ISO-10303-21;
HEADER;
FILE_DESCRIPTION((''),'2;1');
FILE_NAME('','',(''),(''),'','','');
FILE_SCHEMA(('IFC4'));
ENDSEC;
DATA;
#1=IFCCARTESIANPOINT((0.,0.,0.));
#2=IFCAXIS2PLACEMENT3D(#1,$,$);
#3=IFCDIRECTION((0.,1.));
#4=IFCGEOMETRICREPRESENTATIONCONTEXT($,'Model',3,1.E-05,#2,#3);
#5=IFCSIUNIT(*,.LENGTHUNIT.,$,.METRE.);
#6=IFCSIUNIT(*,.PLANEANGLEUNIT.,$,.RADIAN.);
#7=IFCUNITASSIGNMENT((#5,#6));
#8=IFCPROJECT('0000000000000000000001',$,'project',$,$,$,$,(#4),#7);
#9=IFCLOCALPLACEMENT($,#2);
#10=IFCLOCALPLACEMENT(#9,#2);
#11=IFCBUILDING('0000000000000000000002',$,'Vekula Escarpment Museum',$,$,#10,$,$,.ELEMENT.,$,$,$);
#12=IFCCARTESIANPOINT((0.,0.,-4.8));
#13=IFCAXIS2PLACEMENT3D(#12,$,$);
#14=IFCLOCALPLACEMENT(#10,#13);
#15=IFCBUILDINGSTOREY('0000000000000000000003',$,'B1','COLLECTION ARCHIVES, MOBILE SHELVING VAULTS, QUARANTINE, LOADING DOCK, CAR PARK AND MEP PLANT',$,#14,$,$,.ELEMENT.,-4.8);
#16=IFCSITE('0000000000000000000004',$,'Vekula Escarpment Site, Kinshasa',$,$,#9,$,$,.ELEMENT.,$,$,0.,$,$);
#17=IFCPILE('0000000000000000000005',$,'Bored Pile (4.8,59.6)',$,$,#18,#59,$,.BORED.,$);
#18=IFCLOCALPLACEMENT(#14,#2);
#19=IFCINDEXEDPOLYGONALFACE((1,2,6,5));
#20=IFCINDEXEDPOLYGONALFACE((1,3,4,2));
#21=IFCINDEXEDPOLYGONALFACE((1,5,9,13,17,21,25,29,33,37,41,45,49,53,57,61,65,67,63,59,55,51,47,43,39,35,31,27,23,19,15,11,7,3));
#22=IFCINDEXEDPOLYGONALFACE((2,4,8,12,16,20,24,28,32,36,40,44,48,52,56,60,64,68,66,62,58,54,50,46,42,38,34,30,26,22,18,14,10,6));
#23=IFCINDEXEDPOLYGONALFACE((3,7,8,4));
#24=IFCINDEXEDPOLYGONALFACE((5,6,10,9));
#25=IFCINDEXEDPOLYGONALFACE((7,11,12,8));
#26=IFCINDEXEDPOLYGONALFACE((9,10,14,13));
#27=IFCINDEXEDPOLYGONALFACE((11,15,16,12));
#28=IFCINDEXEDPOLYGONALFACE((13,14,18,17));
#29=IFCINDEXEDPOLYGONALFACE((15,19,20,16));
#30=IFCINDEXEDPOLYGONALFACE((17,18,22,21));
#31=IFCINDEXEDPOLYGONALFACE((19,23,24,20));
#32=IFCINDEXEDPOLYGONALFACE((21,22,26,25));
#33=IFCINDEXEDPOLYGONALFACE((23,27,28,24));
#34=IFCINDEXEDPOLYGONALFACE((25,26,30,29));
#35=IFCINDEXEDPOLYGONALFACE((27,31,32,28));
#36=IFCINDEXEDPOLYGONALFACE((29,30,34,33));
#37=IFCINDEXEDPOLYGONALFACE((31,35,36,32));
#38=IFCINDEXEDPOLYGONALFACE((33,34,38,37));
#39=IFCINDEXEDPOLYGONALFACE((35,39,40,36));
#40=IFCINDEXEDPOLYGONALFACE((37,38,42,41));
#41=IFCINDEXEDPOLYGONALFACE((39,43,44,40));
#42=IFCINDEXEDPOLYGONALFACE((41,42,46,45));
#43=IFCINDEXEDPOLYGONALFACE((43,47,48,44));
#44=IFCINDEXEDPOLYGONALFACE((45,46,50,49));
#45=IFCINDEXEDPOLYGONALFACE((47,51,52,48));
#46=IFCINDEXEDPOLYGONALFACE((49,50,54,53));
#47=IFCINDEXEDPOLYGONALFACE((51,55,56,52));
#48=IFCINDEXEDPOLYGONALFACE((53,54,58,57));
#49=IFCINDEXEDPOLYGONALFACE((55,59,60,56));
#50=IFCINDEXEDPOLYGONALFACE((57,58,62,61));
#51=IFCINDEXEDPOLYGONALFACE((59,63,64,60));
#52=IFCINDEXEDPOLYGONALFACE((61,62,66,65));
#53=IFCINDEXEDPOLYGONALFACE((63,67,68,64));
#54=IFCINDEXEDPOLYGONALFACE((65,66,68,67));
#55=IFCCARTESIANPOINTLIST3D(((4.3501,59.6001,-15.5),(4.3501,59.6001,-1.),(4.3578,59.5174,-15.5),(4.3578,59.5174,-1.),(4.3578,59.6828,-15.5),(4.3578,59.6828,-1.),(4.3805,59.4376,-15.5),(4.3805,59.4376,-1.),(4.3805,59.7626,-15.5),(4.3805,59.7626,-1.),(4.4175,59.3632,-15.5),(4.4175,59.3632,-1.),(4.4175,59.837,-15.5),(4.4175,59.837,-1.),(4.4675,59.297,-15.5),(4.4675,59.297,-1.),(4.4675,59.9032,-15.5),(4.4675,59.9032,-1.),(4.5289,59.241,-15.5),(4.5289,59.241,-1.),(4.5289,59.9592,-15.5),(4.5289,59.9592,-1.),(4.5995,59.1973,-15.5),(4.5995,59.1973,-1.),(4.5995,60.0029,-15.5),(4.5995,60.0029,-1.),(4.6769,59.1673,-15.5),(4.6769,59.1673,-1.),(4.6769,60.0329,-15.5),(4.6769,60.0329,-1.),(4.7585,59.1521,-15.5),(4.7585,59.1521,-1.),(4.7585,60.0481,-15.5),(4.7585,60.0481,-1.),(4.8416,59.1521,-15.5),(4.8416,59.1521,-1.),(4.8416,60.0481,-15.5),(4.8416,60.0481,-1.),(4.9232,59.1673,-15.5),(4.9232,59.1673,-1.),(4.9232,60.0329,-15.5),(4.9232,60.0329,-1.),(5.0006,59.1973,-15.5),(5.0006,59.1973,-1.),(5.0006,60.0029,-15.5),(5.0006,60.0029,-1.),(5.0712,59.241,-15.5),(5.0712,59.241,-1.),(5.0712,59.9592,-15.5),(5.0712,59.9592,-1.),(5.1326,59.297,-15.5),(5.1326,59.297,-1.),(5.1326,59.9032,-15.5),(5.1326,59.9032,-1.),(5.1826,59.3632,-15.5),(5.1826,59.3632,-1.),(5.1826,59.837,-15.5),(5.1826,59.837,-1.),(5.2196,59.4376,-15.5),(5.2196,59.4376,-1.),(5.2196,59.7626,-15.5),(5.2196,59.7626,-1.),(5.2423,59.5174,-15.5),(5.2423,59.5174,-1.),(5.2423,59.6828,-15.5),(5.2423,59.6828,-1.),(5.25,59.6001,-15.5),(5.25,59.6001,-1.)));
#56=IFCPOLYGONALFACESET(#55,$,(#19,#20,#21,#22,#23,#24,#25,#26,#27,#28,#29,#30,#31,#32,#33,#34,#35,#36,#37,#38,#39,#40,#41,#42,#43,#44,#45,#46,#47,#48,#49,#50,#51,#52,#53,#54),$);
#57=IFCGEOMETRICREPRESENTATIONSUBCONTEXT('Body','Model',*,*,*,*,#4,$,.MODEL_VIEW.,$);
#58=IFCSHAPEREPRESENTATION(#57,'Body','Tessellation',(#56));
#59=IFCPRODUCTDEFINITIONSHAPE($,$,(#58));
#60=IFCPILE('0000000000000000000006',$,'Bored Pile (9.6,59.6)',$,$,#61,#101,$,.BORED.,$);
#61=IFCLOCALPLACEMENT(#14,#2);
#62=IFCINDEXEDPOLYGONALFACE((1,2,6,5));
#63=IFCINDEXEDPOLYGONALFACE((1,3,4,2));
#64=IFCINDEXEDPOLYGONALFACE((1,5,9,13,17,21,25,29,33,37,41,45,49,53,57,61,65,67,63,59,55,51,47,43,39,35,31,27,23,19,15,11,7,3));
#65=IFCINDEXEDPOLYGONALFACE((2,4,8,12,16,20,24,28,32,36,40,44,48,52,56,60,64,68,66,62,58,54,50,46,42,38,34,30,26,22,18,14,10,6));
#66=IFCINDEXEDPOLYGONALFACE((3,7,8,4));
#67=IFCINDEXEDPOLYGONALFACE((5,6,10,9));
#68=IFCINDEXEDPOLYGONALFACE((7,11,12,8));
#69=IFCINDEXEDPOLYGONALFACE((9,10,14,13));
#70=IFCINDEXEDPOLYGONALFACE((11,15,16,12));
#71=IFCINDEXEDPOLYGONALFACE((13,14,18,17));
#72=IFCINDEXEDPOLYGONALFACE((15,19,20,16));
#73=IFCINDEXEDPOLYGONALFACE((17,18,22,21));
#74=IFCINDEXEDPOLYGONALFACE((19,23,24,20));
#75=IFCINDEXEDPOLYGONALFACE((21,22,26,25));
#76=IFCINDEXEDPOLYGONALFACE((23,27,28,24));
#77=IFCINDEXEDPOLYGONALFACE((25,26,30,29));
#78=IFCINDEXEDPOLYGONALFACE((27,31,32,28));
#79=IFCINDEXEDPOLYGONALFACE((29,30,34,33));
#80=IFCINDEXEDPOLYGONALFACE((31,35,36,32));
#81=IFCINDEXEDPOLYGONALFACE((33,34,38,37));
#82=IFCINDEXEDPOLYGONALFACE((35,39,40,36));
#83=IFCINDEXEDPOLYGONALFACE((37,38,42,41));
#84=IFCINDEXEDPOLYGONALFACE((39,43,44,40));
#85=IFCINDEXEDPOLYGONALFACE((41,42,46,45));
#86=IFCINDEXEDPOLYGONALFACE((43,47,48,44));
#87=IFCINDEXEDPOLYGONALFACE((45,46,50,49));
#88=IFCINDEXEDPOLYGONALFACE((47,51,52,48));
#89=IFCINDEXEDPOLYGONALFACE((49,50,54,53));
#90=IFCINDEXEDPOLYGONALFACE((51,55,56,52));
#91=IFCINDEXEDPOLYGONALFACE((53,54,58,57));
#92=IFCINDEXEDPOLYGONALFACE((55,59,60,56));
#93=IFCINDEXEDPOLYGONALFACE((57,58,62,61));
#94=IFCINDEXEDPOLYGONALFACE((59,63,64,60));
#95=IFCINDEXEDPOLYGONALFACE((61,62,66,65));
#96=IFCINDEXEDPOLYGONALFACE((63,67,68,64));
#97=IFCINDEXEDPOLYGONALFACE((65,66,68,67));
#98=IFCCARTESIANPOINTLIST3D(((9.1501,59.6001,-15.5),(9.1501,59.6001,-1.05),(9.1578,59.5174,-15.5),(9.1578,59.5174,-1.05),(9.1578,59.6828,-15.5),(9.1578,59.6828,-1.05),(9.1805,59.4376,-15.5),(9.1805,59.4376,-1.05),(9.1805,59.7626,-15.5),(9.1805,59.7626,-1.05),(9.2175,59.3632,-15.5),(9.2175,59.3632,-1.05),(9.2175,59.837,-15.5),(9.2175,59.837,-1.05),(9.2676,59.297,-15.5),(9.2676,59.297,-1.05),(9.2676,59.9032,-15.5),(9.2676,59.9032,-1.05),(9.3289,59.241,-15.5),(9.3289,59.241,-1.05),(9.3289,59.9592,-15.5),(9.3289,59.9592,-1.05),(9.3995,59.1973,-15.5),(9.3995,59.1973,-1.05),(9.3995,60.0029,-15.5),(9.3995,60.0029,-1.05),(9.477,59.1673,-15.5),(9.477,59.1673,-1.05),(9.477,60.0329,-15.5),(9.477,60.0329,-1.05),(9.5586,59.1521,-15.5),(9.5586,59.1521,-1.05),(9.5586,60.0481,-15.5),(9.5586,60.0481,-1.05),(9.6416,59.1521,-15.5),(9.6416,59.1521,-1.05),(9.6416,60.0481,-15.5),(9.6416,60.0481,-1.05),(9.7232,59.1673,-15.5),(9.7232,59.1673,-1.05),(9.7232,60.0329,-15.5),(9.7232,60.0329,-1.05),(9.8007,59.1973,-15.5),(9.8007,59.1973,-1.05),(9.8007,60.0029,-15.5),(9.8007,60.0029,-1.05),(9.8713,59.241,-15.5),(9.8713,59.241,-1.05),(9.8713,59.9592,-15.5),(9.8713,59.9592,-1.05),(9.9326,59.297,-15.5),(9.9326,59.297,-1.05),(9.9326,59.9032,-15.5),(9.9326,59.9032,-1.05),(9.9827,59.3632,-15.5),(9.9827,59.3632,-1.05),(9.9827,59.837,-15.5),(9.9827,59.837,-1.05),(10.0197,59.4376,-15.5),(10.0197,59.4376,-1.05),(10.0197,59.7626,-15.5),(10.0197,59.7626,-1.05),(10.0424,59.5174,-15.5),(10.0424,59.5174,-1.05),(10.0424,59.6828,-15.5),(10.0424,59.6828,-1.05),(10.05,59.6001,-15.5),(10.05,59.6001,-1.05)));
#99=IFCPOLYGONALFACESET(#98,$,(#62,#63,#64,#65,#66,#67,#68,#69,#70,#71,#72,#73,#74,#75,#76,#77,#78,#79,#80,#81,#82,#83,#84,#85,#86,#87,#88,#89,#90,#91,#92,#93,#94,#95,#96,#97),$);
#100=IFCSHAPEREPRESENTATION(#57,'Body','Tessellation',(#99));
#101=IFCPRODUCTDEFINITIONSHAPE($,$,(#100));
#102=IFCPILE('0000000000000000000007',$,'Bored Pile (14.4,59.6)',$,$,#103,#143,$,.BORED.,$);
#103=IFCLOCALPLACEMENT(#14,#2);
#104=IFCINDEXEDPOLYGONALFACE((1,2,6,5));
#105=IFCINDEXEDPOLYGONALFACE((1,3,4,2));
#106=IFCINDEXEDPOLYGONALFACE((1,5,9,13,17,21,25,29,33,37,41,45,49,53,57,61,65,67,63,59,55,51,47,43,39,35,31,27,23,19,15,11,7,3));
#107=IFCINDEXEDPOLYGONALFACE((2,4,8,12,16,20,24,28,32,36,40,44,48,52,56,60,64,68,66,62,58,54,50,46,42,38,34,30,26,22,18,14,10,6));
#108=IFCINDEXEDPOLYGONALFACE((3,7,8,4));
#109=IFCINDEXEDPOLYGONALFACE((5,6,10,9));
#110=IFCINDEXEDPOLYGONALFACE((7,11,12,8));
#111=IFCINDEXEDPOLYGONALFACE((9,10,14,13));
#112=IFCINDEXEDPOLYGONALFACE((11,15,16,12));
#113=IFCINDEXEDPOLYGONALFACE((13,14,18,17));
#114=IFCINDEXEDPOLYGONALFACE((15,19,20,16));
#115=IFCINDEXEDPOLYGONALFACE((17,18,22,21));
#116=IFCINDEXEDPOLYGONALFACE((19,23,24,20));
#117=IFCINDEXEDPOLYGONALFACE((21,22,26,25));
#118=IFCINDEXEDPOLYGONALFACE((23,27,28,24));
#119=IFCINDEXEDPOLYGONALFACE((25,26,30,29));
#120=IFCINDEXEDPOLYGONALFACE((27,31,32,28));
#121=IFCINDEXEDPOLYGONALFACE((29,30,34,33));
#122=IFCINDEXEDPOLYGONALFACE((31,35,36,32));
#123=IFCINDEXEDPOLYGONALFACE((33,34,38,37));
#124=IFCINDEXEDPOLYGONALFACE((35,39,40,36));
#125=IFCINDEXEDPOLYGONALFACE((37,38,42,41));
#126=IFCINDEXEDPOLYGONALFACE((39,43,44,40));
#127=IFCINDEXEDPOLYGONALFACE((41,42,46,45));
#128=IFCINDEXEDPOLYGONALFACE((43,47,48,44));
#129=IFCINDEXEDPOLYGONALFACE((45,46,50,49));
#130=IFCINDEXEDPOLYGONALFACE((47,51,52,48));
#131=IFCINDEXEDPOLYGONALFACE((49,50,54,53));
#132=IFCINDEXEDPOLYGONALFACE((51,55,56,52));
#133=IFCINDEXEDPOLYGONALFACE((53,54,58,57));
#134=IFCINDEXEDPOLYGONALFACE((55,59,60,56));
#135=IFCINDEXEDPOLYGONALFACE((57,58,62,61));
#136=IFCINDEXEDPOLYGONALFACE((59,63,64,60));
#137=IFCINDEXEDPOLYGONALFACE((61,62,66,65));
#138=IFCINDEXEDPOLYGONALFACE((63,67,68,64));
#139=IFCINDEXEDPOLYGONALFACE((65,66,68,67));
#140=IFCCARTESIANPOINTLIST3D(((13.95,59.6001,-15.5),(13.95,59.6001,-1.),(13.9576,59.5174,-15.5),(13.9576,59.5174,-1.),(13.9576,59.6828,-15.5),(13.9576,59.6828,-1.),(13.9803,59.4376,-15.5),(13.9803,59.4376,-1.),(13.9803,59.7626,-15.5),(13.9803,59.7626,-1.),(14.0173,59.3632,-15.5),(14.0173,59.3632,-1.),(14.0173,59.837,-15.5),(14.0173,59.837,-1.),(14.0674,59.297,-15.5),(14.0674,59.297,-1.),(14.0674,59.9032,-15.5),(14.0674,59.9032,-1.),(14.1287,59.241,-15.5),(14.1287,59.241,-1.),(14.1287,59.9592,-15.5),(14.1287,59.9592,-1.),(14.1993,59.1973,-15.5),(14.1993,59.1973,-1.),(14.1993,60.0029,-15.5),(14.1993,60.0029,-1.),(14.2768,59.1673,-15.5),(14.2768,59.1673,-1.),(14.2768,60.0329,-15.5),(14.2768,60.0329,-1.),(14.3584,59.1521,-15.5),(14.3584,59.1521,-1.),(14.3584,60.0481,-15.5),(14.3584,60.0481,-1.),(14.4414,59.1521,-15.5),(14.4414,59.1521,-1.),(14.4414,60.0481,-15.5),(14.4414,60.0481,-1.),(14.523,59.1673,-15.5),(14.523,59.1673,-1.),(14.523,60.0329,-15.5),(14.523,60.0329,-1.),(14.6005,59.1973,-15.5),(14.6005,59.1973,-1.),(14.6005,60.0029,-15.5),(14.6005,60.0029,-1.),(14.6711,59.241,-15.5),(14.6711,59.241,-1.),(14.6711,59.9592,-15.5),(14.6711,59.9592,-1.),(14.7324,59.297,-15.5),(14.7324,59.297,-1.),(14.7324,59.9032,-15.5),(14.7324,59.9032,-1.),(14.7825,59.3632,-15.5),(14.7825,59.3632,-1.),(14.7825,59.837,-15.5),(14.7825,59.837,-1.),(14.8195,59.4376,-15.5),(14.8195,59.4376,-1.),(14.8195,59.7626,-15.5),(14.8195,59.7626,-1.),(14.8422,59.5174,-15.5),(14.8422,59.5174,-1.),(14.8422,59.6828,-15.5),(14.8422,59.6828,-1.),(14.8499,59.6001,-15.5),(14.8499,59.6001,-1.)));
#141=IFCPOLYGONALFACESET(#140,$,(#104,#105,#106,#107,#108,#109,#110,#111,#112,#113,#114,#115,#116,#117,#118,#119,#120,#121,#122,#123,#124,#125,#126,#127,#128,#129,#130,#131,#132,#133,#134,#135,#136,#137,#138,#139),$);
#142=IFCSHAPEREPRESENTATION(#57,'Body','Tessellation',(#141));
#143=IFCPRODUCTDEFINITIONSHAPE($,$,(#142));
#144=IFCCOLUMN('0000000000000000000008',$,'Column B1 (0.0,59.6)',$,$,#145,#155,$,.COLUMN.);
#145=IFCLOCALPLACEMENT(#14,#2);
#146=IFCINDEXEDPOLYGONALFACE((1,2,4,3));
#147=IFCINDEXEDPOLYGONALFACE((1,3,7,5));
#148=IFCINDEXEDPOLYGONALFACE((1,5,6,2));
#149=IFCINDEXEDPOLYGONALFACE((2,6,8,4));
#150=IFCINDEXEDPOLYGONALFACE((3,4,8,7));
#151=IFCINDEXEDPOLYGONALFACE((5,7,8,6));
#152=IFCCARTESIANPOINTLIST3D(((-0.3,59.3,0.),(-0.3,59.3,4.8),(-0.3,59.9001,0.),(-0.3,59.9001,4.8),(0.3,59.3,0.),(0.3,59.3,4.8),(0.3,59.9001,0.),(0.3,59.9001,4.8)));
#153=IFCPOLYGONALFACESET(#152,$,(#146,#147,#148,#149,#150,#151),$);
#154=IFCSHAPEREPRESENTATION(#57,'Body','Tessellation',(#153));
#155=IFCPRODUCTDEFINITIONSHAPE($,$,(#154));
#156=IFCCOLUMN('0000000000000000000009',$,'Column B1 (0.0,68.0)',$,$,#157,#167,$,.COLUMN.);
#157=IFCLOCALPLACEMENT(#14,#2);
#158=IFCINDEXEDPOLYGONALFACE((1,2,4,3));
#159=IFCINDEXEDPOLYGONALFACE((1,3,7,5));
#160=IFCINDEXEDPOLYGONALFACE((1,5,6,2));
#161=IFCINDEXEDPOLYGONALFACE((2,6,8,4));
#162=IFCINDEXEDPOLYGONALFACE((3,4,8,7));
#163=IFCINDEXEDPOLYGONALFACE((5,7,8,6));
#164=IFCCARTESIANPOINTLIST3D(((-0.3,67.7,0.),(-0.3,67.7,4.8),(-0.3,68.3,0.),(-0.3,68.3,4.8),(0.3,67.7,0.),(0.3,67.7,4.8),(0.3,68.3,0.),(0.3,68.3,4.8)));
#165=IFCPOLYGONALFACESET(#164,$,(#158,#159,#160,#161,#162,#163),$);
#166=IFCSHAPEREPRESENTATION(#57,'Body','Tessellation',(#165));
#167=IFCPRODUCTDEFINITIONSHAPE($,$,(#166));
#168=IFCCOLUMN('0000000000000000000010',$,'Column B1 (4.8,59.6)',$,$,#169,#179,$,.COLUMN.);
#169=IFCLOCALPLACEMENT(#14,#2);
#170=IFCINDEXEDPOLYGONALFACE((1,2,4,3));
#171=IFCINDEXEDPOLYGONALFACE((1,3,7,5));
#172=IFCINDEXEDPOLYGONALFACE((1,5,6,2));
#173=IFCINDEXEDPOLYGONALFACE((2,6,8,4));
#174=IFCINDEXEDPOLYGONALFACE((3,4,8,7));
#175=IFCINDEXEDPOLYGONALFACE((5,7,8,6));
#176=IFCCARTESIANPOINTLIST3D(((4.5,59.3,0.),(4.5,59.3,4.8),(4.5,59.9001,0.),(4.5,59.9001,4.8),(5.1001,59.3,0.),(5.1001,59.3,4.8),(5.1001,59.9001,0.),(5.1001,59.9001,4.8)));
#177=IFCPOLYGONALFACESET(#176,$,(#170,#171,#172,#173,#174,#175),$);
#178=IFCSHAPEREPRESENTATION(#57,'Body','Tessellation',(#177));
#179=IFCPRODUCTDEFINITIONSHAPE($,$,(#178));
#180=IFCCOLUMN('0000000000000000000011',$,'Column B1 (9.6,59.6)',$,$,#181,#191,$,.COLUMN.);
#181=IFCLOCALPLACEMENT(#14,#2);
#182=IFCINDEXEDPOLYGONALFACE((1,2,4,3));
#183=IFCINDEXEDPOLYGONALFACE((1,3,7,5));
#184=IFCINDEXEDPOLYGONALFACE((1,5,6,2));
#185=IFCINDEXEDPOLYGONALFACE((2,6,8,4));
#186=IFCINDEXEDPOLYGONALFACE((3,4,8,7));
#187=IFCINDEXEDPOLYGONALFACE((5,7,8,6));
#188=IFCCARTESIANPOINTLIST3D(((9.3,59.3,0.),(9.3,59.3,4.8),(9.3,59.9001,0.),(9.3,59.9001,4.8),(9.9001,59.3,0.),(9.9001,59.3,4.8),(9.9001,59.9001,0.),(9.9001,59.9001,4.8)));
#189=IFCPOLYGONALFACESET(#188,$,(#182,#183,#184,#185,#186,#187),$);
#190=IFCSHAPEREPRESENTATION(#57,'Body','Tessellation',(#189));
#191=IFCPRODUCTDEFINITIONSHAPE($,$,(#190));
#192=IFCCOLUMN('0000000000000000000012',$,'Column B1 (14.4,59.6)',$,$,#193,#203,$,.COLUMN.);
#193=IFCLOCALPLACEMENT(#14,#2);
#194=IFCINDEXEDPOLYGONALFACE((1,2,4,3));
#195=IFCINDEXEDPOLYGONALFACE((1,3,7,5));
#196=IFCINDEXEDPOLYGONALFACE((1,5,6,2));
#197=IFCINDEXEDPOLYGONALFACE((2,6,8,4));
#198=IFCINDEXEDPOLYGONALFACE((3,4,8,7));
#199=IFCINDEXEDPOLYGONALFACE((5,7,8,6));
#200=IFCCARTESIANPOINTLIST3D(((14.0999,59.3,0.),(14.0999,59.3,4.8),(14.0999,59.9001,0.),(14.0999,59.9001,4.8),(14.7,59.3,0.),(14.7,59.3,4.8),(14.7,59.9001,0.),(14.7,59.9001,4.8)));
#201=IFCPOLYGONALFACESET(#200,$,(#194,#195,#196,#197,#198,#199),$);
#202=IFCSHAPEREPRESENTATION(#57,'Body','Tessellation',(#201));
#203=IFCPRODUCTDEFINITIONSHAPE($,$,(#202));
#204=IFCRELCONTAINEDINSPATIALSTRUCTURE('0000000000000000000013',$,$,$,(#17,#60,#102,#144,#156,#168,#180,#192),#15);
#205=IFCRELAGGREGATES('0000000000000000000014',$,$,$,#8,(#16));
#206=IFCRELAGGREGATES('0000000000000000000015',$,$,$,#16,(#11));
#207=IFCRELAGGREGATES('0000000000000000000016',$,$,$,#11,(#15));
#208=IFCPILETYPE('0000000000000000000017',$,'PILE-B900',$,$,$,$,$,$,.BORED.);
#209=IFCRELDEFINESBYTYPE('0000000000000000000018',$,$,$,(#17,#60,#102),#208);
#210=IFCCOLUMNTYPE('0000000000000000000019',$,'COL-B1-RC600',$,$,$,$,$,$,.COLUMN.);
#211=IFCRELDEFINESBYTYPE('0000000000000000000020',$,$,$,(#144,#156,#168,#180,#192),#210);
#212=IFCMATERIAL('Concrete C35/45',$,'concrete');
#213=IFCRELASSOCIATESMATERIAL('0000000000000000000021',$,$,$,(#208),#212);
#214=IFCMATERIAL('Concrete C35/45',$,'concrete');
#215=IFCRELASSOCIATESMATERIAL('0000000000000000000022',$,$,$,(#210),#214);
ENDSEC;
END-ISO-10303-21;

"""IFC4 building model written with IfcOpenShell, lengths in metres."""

from ifc_helpers import new_model, si_unit, direction, frame, origin, origin_2d, place, context, subcontext, project, spatial, rectangle, circle, extrude, material, material_profile, profile_set, type_object, element, save


model = new_model("IFC4")

# Units and contexts
model_context = context("Model", 3, precision=1e-05, world=origin(), true_north=direction((0.0, 1.0)))
body_context = subcontext(model_context, "Body", "Model", "MODEL_VIEW")
ifc_project = project(units=[si_unit("LENGTHUNIT", "METRE"), si_unit("PLANEANGLEUNIT", "RADIAN")], contexts=[model_context])

# Site, building, storey
site_placement = place(None, origin())
site = spatial("IfcSite", under=ifc_project, at=site_placement, Name="Vekula Escarpment Site, Kinshasa", CompositionType="ELEMENT", RefElevation=0.0)
building_placement = place(site_placement, origin())
building = spatial("IfcBuilding", under=site, at=building_placement, Name="Vekula Escarpment Museum", CompositionType="ELEMENT")
storey_placement = place(building_placement, frame((0.0, 0.0, -4.8)))
storey = spatial("IfcBuildingStorey", under=building, at=storey_placement, Name="B1", Description="COLLECTION ARCHIVES, MOBILE SHELVING VAULTS, QUARANTINE, LOADING DOCK, CAR PARK AND MEP PLANT", CompositionType="ELEMENT", Elevation=-4.8)

# Piles
ifc_material_1 = material(Name="Concrete C35/45", Category="concrete")
ifc_material_profile_1 = material_profile(ifc_material_1, circle(Radius=0.45, at=origin_2d()), Name="BORED PILE 900")
ifc_profile_set_1 = profile_set([ifc_material_profile_1], Name="Concrete C35/45")
pile_type = type_object("IfcPileType", Name="PILE-B900", PredefinedType="BORED", material=ifc_profile_set_1)
for number, where, z_axis, x_axis, name in (
    (1, (4.8, 59.6001, -1.0), (0.0, 0.0, -1.0), (1.0, 0.0, 0.0), "Bored Pile (4.8,59.6)"),
):
    element("IfcPile", number, at=place(storey_placement, frame(where, z_axis=z_axis, x_axis=x_axis)), inside=storey, type_object=pile_type, Name=name, PredefinedType="BORED", context=body_context, shape_type="SweptSolid", body=[
        extrude(circle(Radius=0.45, at=origin_2d()), origin(), (0.0, 0.0, 1.0), 14.5),
    ])
pile_1_placement = place(storey_placement, frame((9.6001, 59.6001, -1.05), z_axis=(0.0, 0.0, -1.0), x_axis=(1.0, 0.0, 0.0)))
element("IfcPile", 2, at=pile_1_placement, inside=storey, type_object=pile_type, Name="Bored Pile (9.6,59.6)", PredefinedType="BORED", context=body_context, shape_type="SweptSolid", body=[
    extrude(circle(Radius=0.45, at=origin_2d()), origin(), (0.0, 0.0, 1.0), 14.45),
])
pile_2_placement = place(storey_placement, frame((14.3999, 59.6001, -1.0), z_axis=(0.0, 0.0, -1.0), x_axis=(1.0, 0.0, 0.0)))
element("IfcPile", 3, at=pile_2_placement, inside=storey, type_object=pile_type, Name="Bored Pile (14.4,59.6)", PredefinedType="BORED", context=body_context, shape_type="SweptSolid", body=[
    extrude(circle(Radius=0.45, at=origin_2d()), origin(), (0.0, 0.0, 1.0), 14.5),
])

# Columns
ifc_material_2 = material(Name="Concrete C35/45", Category="concrete")
ifc_material_profile_2 = material_profile(ifc_material_2, rectangle(XDim=0.6001, YDim=0.6001, at=origin_2d()), Name="RC 600x600")
ifc_profile_set_2 = profile_set([ifc_material_profile_2], Name="Concrete C35/45")
column_type = type_object("IfcColumnType", Name="COL-B1-RC600", PredefinedType="COLUMN", material=ifc_profile_set_2)
for number, where, z_axis, x_axis, name in (
    (4, (0.0, 59.6001, 0.0), (0.0, 0.0, 1.0), (1.0, 0.0, 0.0), "Column B1 (0.0,59.6)"),
    (5, (0.0, 68.0, 0.0), (0.0, 0.0, 1.0), (1.0, 0.0, 0.0), "Column B1 (0.0,68.0)"),
    (6, (4.8, 59.6001, 0.0), (0.0, 0.0, 1.0), (1.0, 0.0, 0.0), "Column B1 (4.8,59.6)"),
    (7, (9.6001, 59.6001, 0.0), (0.0, 0.0, 1.0), (1.0, 0.0, 0.0), "Column B1 (9.6,59.6)"),
    (8, (14.3999, 59.6001, 0.0), (0.0, 0.0, 1.0), (1.0, 0.0, 0.0), "Column B1 (14.4,59.6)"),
):
    element("IfcColumn", number, at=place(storey_placement, frame(where, z_axis=z_axis, x_axis=x_axis)), inside=storey, type_object=column_type, Name=name, PredefinedType="COLUMN", context=body_context, shape_type="SweptSolid", body=[
        extrude(rectangle(XDim=0.6001, YDim=0.6001, at=origin_2d()), origin(), (0.0, 0.0, 1.0), 4.8),
    ])

save(model, "model.ifc")
